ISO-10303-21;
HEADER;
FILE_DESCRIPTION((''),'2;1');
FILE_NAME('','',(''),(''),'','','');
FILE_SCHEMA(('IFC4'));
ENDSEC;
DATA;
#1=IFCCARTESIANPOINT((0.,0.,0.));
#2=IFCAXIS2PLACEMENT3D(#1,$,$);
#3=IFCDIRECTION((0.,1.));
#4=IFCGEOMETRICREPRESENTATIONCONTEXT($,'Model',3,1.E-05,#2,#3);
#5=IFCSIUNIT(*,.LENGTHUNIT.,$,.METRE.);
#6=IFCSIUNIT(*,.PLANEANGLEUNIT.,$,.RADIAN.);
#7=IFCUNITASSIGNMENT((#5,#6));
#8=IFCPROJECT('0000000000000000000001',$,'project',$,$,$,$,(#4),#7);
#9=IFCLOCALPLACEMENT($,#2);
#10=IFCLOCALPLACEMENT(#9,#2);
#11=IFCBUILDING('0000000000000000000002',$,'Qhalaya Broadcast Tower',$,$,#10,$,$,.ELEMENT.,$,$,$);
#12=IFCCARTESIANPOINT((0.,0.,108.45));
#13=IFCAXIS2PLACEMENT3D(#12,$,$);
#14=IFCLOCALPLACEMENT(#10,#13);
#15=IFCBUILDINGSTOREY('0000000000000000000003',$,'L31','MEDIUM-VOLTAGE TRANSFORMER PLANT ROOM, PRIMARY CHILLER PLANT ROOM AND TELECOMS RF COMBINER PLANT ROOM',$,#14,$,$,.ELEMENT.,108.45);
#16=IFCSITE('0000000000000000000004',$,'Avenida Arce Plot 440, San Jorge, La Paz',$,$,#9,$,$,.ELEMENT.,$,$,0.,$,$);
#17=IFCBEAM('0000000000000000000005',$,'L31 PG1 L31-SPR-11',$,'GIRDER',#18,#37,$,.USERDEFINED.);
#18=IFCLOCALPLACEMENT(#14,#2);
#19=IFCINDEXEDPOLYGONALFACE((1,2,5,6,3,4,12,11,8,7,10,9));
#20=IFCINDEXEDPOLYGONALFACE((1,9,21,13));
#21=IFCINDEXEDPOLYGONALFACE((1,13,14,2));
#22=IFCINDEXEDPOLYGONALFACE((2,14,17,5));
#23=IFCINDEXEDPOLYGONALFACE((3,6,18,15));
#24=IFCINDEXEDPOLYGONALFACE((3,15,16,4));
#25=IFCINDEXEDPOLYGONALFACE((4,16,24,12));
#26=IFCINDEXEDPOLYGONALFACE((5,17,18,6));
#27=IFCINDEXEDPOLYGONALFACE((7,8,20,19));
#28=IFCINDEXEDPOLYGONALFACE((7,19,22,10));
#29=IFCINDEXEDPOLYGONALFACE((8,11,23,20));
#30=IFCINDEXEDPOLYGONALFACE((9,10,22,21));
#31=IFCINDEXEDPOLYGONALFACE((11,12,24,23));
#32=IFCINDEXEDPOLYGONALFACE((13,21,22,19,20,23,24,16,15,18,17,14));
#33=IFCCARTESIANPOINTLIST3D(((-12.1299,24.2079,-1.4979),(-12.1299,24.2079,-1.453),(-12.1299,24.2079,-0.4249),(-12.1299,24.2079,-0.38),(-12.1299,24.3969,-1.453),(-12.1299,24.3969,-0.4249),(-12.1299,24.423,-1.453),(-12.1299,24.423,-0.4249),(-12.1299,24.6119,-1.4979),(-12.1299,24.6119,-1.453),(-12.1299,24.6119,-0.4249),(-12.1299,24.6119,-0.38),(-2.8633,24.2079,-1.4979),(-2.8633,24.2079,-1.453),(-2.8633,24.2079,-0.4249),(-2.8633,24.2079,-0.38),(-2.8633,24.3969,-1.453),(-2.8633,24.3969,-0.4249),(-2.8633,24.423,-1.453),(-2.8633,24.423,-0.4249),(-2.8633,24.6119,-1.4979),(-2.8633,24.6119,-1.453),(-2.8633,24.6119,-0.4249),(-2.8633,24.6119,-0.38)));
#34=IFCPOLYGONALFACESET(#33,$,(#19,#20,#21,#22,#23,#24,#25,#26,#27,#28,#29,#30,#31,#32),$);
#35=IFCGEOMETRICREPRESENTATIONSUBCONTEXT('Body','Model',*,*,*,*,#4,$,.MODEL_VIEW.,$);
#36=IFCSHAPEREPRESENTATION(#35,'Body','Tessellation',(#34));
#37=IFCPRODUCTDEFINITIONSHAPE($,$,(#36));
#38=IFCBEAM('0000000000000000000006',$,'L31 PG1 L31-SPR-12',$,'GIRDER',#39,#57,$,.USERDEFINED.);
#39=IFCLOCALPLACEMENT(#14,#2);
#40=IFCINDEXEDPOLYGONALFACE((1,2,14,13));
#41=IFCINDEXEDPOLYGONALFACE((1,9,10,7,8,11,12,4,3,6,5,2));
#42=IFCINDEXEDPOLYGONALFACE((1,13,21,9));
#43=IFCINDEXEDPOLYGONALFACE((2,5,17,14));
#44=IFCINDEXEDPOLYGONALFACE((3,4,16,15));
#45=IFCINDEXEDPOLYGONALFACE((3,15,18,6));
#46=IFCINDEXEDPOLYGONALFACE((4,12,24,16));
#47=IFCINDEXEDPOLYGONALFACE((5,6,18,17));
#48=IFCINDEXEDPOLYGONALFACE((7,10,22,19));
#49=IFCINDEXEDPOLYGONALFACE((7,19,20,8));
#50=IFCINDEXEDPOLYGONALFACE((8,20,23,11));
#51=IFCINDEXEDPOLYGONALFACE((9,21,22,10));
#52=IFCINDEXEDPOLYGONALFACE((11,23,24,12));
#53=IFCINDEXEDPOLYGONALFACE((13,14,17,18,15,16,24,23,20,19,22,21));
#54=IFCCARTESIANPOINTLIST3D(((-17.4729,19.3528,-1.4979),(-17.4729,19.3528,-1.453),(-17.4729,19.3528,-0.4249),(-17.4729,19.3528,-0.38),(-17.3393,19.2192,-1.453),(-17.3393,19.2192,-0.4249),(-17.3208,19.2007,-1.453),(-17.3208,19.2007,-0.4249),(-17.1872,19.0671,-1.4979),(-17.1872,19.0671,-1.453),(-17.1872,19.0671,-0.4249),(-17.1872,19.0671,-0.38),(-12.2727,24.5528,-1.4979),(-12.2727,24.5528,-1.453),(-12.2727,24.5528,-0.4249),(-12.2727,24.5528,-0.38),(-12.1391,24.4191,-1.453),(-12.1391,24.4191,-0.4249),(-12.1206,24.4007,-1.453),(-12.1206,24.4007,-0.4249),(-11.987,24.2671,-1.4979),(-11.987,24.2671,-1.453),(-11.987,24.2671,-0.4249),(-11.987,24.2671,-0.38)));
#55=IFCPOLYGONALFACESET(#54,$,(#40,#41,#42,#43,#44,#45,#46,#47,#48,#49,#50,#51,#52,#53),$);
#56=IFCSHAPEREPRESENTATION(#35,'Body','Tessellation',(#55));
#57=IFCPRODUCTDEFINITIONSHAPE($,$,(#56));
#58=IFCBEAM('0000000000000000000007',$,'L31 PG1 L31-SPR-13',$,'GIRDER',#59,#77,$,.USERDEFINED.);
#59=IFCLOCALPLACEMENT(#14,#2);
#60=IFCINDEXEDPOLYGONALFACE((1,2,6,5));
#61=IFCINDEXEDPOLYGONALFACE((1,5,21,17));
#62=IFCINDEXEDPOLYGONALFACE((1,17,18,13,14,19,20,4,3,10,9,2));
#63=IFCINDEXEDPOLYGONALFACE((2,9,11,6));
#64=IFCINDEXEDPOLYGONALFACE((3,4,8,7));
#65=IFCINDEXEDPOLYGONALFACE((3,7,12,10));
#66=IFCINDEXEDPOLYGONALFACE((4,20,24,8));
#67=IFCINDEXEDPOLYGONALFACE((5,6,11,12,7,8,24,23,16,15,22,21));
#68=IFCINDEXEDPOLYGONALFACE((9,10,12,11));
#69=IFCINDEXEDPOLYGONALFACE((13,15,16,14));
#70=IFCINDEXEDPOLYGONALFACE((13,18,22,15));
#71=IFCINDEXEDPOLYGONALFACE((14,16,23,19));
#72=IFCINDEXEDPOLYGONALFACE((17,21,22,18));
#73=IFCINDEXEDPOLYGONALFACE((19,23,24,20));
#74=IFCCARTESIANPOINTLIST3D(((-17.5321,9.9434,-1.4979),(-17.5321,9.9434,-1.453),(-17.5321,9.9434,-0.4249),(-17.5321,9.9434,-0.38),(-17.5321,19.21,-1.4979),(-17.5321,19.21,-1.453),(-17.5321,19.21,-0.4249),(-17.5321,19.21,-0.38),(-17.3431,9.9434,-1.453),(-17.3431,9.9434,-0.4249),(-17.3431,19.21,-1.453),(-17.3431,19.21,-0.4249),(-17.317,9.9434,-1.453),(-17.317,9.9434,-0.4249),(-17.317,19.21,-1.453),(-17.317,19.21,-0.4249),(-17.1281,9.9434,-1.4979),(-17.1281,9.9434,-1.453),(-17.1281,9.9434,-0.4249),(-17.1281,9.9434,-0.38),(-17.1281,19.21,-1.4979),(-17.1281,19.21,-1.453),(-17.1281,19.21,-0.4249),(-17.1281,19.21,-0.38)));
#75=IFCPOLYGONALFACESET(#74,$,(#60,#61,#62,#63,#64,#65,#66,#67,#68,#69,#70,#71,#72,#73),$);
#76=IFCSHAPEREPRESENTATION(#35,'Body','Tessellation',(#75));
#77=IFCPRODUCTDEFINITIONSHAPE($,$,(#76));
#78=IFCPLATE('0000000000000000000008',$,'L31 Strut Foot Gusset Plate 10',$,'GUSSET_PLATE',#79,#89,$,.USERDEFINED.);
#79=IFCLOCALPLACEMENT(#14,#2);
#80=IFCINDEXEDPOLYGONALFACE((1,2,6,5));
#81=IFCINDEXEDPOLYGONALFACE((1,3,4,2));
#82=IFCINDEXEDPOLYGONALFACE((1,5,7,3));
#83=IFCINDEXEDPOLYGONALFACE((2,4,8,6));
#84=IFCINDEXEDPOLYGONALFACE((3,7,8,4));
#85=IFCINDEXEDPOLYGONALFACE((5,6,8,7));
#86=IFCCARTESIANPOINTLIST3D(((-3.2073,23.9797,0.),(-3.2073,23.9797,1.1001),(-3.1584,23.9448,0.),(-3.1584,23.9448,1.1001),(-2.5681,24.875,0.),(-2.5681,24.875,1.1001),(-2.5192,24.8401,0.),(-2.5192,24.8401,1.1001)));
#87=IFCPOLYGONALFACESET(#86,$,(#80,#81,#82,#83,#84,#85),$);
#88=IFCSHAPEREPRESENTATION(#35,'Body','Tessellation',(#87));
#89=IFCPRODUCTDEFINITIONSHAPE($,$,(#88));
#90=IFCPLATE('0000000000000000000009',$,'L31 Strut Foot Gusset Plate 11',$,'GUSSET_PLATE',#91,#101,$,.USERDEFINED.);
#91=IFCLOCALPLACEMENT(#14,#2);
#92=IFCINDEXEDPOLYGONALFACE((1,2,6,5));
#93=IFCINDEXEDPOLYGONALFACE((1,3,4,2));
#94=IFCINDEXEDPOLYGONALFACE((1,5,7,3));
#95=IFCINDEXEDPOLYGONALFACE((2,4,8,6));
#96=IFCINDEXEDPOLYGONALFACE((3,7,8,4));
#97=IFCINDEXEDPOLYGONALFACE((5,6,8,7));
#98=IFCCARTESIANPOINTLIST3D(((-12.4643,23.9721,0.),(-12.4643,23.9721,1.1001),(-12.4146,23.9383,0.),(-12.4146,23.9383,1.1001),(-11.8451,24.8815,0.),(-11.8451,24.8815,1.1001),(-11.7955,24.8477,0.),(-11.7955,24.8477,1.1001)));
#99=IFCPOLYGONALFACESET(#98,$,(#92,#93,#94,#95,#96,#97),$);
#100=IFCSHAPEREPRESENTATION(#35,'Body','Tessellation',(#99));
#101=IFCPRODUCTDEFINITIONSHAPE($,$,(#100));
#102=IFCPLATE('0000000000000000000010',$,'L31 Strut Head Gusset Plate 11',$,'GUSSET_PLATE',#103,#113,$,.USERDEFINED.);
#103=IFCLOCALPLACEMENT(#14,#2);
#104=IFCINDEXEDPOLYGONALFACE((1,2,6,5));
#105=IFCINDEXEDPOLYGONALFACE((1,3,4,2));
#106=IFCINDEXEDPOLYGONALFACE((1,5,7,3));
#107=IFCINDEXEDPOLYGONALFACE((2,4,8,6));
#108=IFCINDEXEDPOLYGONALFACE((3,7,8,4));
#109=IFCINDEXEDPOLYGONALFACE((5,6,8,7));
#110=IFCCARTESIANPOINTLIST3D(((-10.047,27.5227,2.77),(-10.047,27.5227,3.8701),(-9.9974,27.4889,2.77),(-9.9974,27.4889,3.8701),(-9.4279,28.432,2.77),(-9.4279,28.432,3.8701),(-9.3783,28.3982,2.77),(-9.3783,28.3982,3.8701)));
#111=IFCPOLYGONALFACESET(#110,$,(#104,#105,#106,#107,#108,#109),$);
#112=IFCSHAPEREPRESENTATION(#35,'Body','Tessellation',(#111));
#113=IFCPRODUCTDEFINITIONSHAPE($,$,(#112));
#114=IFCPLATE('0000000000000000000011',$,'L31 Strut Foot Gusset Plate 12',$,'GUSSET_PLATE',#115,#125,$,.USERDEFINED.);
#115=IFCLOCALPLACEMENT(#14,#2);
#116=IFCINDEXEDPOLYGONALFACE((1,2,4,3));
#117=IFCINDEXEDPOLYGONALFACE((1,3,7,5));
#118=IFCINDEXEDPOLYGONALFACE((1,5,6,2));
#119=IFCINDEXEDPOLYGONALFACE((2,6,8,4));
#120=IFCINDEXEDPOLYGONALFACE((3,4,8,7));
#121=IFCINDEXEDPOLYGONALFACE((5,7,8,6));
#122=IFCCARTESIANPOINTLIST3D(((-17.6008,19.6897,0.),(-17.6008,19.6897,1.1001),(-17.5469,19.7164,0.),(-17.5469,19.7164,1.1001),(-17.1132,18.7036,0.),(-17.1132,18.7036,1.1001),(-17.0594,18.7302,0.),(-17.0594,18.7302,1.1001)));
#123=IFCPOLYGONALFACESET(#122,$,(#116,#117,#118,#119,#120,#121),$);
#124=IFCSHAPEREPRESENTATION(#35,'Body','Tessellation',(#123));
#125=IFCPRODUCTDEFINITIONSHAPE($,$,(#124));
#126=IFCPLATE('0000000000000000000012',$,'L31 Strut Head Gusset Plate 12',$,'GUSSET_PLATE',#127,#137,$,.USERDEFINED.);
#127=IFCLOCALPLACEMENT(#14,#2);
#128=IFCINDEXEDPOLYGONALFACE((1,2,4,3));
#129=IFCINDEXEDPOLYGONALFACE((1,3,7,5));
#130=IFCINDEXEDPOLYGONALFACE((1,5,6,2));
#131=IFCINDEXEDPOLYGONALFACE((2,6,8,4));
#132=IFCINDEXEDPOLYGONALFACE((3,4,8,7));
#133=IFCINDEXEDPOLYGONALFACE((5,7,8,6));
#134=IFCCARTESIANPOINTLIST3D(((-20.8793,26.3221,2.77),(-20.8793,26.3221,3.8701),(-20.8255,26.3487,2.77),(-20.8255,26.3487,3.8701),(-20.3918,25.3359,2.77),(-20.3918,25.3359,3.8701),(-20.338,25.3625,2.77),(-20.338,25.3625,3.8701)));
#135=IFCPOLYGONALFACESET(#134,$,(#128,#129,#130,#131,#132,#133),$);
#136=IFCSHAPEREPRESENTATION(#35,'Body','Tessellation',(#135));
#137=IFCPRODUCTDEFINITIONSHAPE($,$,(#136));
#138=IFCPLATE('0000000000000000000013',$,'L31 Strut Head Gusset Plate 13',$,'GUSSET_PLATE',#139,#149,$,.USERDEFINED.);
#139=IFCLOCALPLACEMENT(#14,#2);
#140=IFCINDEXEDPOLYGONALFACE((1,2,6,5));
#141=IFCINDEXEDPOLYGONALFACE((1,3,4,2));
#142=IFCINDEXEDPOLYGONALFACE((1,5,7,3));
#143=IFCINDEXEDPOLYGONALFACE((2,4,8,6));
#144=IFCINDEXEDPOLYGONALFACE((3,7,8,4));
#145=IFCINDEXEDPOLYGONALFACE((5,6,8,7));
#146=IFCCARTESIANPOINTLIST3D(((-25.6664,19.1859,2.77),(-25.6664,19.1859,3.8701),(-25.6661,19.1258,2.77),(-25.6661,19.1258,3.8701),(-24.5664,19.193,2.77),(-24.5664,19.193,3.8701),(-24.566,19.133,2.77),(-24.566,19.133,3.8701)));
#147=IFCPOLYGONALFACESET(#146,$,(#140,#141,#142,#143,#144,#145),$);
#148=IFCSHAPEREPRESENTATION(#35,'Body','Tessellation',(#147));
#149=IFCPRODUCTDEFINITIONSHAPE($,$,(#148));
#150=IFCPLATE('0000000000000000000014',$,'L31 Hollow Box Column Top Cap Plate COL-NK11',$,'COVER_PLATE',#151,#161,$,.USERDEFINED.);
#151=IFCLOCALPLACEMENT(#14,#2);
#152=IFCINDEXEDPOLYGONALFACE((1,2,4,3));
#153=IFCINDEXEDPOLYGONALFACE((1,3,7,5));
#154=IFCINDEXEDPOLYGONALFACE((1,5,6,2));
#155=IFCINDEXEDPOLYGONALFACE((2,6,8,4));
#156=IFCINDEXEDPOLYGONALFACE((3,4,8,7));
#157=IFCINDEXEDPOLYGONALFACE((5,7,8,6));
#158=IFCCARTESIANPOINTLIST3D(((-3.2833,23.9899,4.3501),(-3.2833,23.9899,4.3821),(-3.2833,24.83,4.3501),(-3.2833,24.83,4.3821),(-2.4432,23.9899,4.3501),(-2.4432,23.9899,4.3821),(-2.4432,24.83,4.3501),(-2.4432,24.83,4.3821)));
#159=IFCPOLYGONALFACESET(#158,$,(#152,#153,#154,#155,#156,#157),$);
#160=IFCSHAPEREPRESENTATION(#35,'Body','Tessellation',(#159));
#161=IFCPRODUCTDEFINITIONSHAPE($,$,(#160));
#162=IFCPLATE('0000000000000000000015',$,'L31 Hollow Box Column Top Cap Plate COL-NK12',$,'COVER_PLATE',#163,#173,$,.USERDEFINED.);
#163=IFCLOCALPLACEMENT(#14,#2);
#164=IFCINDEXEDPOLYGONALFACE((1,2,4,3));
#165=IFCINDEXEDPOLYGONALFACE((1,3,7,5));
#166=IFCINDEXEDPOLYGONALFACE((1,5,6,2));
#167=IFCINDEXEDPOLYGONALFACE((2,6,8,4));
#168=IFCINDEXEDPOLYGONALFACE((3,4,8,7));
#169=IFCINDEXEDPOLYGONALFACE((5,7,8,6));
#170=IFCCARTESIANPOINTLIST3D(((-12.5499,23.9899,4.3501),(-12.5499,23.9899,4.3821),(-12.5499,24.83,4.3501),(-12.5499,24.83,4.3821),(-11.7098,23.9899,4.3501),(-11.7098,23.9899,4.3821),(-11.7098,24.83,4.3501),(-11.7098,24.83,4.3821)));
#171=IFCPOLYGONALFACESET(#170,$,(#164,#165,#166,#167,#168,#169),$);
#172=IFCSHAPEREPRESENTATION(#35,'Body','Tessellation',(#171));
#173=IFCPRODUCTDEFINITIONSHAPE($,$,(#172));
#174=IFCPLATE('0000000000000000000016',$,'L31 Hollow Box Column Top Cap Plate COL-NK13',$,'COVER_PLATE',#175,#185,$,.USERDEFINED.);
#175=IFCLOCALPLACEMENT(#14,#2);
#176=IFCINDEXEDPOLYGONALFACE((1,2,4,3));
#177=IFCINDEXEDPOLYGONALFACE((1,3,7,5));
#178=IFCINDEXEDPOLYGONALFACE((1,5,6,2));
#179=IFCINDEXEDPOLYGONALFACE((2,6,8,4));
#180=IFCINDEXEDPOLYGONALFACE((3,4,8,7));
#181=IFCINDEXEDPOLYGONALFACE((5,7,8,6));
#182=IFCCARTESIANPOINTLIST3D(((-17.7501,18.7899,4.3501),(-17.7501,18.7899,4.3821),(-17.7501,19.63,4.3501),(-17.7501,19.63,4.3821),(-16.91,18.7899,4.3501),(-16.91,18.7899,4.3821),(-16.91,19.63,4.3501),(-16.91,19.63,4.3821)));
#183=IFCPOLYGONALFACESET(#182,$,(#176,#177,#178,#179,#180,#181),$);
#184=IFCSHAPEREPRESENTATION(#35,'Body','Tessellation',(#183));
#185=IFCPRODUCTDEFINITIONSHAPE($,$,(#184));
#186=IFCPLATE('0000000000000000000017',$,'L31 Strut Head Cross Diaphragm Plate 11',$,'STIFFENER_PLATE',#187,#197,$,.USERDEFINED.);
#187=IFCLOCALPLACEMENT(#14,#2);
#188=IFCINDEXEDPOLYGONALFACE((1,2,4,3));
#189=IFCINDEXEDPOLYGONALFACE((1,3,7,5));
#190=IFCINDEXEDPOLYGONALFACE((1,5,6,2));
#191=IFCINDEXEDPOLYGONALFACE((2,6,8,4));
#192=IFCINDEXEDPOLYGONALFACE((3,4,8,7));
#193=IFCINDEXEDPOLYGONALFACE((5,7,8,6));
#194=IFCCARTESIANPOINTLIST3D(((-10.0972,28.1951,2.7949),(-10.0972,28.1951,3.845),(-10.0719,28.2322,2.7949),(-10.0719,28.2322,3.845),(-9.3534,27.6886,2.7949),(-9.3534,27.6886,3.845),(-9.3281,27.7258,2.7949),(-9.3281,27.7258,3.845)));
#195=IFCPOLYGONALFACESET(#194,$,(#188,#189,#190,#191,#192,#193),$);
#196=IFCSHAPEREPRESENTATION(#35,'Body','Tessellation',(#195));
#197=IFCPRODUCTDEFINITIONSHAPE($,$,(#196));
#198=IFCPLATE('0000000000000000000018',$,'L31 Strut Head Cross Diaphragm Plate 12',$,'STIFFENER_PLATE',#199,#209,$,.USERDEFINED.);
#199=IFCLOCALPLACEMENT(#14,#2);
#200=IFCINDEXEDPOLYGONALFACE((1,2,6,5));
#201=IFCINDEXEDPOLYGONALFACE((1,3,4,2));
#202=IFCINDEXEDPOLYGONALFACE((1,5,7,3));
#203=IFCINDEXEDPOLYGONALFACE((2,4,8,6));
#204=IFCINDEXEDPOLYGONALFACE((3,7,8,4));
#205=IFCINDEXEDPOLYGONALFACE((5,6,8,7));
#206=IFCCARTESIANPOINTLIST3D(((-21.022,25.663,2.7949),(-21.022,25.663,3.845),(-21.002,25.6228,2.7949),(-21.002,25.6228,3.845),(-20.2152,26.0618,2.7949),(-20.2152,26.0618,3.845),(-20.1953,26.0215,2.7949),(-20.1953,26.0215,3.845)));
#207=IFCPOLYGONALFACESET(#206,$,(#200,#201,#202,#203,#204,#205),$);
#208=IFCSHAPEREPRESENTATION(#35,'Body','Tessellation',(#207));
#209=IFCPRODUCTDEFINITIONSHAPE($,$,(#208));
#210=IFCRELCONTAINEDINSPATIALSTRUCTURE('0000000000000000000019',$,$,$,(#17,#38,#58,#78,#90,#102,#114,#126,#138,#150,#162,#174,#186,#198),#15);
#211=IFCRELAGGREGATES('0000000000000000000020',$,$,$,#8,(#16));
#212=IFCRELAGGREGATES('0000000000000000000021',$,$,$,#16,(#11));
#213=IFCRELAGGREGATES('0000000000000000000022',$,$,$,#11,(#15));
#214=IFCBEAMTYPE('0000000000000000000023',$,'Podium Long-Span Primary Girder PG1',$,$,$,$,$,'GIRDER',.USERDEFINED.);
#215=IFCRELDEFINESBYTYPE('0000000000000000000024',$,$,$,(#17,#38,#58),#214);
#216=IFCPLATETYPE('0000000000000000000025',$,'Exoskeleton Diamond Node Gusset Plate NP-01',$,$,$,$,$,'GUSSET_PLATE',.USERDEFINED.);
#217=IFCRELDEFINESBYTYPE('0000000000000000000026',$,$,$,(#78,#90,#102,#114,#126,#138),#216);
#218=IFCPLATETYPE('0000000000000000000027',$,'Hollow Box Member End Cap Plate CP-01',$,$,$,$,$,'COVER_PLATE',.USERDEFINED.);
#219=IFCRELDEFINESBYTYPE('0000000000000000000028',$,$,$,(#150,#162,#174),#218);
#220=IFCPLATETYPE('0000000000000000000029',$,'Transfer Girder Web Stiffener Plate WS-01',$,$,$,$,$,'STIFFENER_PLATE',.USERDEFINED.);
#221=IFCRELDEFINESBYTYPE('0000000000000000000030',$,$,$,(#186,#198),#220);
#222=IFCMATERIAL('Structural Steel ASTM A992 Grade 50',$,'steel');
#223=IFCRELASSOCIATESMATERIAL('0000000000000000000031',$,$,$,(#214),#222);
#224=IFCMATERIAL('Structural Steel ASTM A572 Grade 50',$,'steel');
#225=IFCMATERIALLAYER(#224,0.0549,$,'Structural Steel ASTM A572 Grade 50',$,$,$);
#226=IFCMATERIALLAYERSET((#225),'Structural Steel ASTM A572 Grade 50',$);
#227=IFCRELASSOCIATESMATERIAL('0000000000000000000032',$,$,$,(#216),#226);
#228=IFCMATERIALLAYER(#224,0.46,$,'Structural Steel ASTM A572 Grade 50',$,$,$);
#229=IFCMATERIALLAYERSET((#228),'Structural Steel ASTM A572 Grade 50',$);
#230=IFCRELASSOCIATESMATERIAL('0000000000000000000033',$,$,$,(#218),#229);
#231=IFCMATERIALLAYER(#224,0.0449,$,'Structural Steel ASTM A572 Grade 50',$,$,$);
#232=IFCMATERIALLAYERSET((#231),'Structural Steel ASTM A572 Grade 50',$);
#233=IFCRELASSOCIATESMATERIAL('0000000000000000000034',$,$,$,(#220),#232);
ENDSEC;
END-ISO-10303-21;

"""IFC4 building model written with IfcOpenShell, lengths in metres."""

from ifc_helpers import new_model, si_unit, direction, frame, origin, origin_2d, place, context, subcontext, project, spatial, rectangle, i_section, extrude, material, layer, layer_set, material_profile, profile_set, type_object, element, save


model = new_model("IFC4")

# Units and contexts
model_context = context("Model", 3, precision=1e-05, world=origin(), true_north=direction((0.0, 1.0)))
body_context = subcontext(model_context, "Body", "Model", "MODEL_VIEW")
ifc_project = project(units=[si_unit("LENGTHUNIT", "METRE"), si_unit("PLANEANGLEUNIT", "RADIAN")], contexts=[model_context])

# Site, building, storey
site_placement = place(None, origin())
site = spatial("IfcSite", under=ifc_project, at=site_placement, Name="Avenida Arce Plot 440, San Jorge, La Paz", CompositionType="ELEMENT", RefElevation=0.0)
building_placement = place(site_placement, origin())
building = spatial("IfcBuilding", under=site, at=building_placement, Name="Qhalaya Broadcast Tower", CompositionType="ELEMENT")
storey_placement = place(building_placement, frame((0.0, 0.0, 108.45)))
storey = spatial("IfcBuildingStorey", under=building, at=storey_placement, Name="L31", Description="MEDIUM-VOLTAGE TRANSFORMER PLANT ROOM, PRIMARY CHILLER PLANT ROOM AND TELECOMS RF COMBINER PLANT ROOM", CompositionType="ELEMENT", Elevation=108.45)

# Shared definitions
ifc_material_1 = material(Name="Structural Steel ASTM A572 Grade 50", Category="steel")

# Beams
ifc_material_2 = material(Name="Structural Steel ASTM A992 Grade 50", Category="steel")
ifc_material_profile_1 = material_profile(ifc_material_2, i_section(OverallWidth=0.4041, OverallDepth=1.1179, WebThickness=0.0261, FlangeThickness=0.0449, at=origin_2d()), Name="W44X335")
ifc_profile_set_1 = profile_set([ifc_material_profile_1], Name="Structural Steel ASTM A992 Grade 50")
beam_type_1 = type_object("IfcBeamType", Name="Podium Long-Span Primary Girder PG1", ElementType="GIRDER", PredefinedType="USERDEFINED", material=ifc_profile_set_1)
beam_1_placement = place(storey_placement, frame((-2.8633, 24.4099, -0.939), z_axis=(-1.0, 0.0, 0.0), x_axis=(0.0, -1.0, 0.0)))
element("IfcBeam", 1, at=beam_1_placement, inside=storey, type_object=beam_type_1, Name="L31 PG1 L31-SPR-11", ObjectType="GIRDER", PredefinedType="USERDEFINED", context=body_context, shape_type="SweptSolid", body=[
    extrude(i_section(OverallWidth=0.4041, OverallDepth=1.1179, WebThickness=0.0261, FlangeThickness=0.0449, at=origin_2d()), origin(), (0.0, 0.0, 1.0), 9.2666),
])
beam_2_placement = place(storey_placement, frame((-12.1299, 24.4099, -0.939), z_axis=(-0.707123, -0.70709, 0.0), x_axis=(0.70709, -0.707123, 0.0)))
element("IfcBeam", 2, at=beam_2_placement, inside=storey, type_object=beam_type_1, Name="L31 PG1 L31-SPR-12", ObjectType="GIRDER", PredefinedType="USERDEFINED", context=body_context, shape_type="SweptSolid", body=[
    extrude(i_section(OverallWidth=0.4041, OverallDepth=1.1179, WebThickness=0.0261, FlangeThickness=0.0449, at=origin_2d()), origin(), (0.0, 0.0, 1.0), 7.354),
])
beam_3_placement = place(storey_placement, frame((-17.3301, 19.21, -0.939), z_axis=(0.0, -1.0, 0.0), x_axis=(1.0, 0.0, 0.0)))
element("IfcBeam", 3, at=beam_3_placement, inside=storey, type_object=beam_type_1, Name="L31 PG1 L31-SPR-13", ObjectType="GIRDER", PredefinedType="USERDEFINED", context=body_context, shape_type="SweptSolid", body=[
    extrude(i_section(OverallWidth=0.4041, OverallDepth=1.1179, WebThickness=0.0261, FlangeThickness=0.0449, at=origin_2d()), origin(), (0.0, 0.0, 1.0), 9.2666),
])

# Plates
ifc_layer_1 = layer(ifc_material_1, 0.0549, Name="Structural Steel ASTM A572 Grade 50")
ifc_layer_set_1 = layer_set([ifc_layer_1], Name="Structural Steel ASTM A572 Grade 50")
plate_type_1 = type_object("IfcPlateType", Name="Exoskeleton Diamond Node Gusset Plate NP-01", ElementType="GUSSET_PLATE", PredefinedType="USERDEFINED", material=ifc_layer_set_1)
for number, where, z_axis, x_axis, name in (
    (4, (-2.8633, 24.4099, 0.0), (0.0, 0.0, 1.0), (0.58103, 0.813882, 0.0), "L31 Strut Foot Gusset Plate 10"),
    (5, (-12.1299, 24.4099, 0.0), (0.0, 0.0, 1.0), (0.562805, 0.82659, 0.0), "L31 Strut Foot Gusset Plate 11"),
    (6, (-9.7126, 27.9604, 2.77), (0.0, 0.0, 1.0), (0.562805, 0.82659, 0.0), "L31 Strut Head Gusset Plate 11"),
    (7, (-17.3301, 19.21, 0.0), (0.0, 0.0, 1.0), (-0.443149, 0.896448, 0.0), "L31 Strut Foot Gusset Plate 12"),
    (8, (-20.6086, 25.8423, 2.77), (0.0, 0.0, 1.0), (-0.443149, 0.896448, 0.0), "L31 Strut Head Gusset Plate 12"),
    (9, (-25.1162, 19.1594, 2.77), (0.0, 0.0, 1.0), (-0.999979, -0.006493, 0.0), "L31 Strut Head Gusset Plate 13"),
):
    element("IfcPlate", number, at=place(storey_placement, frame(where, z_axis=z_axis, x_axis=x_axis)), inside=storey, type_object=plate_type_1, Name=name, ObjectType="GUSSET_PLATE", PredefinedType="USERDEFINED", context=body_context, shape_type="SweptSolid", body=[
        extrude(rectangle(XDim=1.1001, YDim=0.0601, at=origin_2d()), origin(), (0.0, 0.0, 1.0), 1.1001),
    ])
ifc_layer_2 = layer(ifc_material_1, 0.46, Name="Structural Steel ASTM A572 Grade 50")
ifc_layer_set_2 = layer_set([ifc_layer_2], Name="Structural Steel ASTM A572 Grade 50")
plate_type_2 = type_object("IfcPlateType", Name="Hollow Box Member End Cap Plate CP-01", ElementType="COVER_PLATE", PredefinedType="USERDEFINED", material=ifc_layer_set_2)
for number, where, z_axis, x_axis, name in (
    (10, (-2.8633, 24.4099, 4.3501), (0.0, 0.0, 1.0), (1.0, 0.0, 0.0), "L31 Hollow Box Column Top Cap Plate COL-NK11"),
    (11, (-12.1299, 24.4099, 4.3501), (0.0, 0.0, 1.0), (1.0, 0.0, 0.0), "L31 Hollow Box Column Top Cap Plate COL-NK12"),
    (12, (-17.3301, 19.21, 4.3501), (0.0, 0.0, 1.0), (0.0, 1.0, 0.0), "L31 Hollow Box Column Top Cap Plate COL-NK13"),
):
    element("IfcPlate", number, at=place(storey_placement, frame(where, z_axis=z_axis, x_axis=x_axis)), inside=storey, type_object=plate_type_2, Name=name, ObjectType="COVER_PLATE", PredefinedType="USERDEFINED", context=body_context, shape_type="SweptSolid", body=[
        extrude(rectangle(XDim=0.8401, YDim=0.8401, at=origin_2d()), origin(), (0.0, 0.0, 1.0), 0.032),
    ])
ifc_layer_3 = layer(ifc_material_1, 0.0449, Name="Structural Steel ASTM A572 Grade 50")
ifc_layer_set_3 = layer_set([ifc_layer_3], Name="Structural Steel ASTM A572 Grade 50")
plate_type_3 = type_object("IfcPlateType", Name="Transfer Girder Web Stiffener Plate WS-01", ElementType="STIFFENER_PLATE", PredefinedType="USERDEFINED", material=ifc_layer_set_3)
for number, where, z_axis, x_axis, name in (
    (13, (-9.7126, 27.9604, 2.7949), (0.0, 0.0, 1.0), (-0.82659, 0.562805, 0.0), "L31 Strut Head Cross Diaphragm Plate 11"),
    (14, (-20.6086, 25.8423, 2.7949), (0.0, 0.0, 1.0), (-0.896448, -0.443149, 0.0), "L31 Strut Head Cross Diaphragm Plate 12"),
):
    element("IfcPlate", number, at=place(storey_placement, frame(where, z_axis=z_axis, x_axis=x_axis)), inside=storey, type_object=plate_type_3, Name=name, ObjectType="STIFFENER_PLATE", PredefinedType="USERDEFINED", context=body_context, shape_type="SweptSolid", body=[
        extrude(rectangle(XDim=0.8999, YDim=0.0449, at=origin_2d()), origin(), (0.0, 0.0, 1.0), 1.05),
    ])

save(model, "model.ifc")
